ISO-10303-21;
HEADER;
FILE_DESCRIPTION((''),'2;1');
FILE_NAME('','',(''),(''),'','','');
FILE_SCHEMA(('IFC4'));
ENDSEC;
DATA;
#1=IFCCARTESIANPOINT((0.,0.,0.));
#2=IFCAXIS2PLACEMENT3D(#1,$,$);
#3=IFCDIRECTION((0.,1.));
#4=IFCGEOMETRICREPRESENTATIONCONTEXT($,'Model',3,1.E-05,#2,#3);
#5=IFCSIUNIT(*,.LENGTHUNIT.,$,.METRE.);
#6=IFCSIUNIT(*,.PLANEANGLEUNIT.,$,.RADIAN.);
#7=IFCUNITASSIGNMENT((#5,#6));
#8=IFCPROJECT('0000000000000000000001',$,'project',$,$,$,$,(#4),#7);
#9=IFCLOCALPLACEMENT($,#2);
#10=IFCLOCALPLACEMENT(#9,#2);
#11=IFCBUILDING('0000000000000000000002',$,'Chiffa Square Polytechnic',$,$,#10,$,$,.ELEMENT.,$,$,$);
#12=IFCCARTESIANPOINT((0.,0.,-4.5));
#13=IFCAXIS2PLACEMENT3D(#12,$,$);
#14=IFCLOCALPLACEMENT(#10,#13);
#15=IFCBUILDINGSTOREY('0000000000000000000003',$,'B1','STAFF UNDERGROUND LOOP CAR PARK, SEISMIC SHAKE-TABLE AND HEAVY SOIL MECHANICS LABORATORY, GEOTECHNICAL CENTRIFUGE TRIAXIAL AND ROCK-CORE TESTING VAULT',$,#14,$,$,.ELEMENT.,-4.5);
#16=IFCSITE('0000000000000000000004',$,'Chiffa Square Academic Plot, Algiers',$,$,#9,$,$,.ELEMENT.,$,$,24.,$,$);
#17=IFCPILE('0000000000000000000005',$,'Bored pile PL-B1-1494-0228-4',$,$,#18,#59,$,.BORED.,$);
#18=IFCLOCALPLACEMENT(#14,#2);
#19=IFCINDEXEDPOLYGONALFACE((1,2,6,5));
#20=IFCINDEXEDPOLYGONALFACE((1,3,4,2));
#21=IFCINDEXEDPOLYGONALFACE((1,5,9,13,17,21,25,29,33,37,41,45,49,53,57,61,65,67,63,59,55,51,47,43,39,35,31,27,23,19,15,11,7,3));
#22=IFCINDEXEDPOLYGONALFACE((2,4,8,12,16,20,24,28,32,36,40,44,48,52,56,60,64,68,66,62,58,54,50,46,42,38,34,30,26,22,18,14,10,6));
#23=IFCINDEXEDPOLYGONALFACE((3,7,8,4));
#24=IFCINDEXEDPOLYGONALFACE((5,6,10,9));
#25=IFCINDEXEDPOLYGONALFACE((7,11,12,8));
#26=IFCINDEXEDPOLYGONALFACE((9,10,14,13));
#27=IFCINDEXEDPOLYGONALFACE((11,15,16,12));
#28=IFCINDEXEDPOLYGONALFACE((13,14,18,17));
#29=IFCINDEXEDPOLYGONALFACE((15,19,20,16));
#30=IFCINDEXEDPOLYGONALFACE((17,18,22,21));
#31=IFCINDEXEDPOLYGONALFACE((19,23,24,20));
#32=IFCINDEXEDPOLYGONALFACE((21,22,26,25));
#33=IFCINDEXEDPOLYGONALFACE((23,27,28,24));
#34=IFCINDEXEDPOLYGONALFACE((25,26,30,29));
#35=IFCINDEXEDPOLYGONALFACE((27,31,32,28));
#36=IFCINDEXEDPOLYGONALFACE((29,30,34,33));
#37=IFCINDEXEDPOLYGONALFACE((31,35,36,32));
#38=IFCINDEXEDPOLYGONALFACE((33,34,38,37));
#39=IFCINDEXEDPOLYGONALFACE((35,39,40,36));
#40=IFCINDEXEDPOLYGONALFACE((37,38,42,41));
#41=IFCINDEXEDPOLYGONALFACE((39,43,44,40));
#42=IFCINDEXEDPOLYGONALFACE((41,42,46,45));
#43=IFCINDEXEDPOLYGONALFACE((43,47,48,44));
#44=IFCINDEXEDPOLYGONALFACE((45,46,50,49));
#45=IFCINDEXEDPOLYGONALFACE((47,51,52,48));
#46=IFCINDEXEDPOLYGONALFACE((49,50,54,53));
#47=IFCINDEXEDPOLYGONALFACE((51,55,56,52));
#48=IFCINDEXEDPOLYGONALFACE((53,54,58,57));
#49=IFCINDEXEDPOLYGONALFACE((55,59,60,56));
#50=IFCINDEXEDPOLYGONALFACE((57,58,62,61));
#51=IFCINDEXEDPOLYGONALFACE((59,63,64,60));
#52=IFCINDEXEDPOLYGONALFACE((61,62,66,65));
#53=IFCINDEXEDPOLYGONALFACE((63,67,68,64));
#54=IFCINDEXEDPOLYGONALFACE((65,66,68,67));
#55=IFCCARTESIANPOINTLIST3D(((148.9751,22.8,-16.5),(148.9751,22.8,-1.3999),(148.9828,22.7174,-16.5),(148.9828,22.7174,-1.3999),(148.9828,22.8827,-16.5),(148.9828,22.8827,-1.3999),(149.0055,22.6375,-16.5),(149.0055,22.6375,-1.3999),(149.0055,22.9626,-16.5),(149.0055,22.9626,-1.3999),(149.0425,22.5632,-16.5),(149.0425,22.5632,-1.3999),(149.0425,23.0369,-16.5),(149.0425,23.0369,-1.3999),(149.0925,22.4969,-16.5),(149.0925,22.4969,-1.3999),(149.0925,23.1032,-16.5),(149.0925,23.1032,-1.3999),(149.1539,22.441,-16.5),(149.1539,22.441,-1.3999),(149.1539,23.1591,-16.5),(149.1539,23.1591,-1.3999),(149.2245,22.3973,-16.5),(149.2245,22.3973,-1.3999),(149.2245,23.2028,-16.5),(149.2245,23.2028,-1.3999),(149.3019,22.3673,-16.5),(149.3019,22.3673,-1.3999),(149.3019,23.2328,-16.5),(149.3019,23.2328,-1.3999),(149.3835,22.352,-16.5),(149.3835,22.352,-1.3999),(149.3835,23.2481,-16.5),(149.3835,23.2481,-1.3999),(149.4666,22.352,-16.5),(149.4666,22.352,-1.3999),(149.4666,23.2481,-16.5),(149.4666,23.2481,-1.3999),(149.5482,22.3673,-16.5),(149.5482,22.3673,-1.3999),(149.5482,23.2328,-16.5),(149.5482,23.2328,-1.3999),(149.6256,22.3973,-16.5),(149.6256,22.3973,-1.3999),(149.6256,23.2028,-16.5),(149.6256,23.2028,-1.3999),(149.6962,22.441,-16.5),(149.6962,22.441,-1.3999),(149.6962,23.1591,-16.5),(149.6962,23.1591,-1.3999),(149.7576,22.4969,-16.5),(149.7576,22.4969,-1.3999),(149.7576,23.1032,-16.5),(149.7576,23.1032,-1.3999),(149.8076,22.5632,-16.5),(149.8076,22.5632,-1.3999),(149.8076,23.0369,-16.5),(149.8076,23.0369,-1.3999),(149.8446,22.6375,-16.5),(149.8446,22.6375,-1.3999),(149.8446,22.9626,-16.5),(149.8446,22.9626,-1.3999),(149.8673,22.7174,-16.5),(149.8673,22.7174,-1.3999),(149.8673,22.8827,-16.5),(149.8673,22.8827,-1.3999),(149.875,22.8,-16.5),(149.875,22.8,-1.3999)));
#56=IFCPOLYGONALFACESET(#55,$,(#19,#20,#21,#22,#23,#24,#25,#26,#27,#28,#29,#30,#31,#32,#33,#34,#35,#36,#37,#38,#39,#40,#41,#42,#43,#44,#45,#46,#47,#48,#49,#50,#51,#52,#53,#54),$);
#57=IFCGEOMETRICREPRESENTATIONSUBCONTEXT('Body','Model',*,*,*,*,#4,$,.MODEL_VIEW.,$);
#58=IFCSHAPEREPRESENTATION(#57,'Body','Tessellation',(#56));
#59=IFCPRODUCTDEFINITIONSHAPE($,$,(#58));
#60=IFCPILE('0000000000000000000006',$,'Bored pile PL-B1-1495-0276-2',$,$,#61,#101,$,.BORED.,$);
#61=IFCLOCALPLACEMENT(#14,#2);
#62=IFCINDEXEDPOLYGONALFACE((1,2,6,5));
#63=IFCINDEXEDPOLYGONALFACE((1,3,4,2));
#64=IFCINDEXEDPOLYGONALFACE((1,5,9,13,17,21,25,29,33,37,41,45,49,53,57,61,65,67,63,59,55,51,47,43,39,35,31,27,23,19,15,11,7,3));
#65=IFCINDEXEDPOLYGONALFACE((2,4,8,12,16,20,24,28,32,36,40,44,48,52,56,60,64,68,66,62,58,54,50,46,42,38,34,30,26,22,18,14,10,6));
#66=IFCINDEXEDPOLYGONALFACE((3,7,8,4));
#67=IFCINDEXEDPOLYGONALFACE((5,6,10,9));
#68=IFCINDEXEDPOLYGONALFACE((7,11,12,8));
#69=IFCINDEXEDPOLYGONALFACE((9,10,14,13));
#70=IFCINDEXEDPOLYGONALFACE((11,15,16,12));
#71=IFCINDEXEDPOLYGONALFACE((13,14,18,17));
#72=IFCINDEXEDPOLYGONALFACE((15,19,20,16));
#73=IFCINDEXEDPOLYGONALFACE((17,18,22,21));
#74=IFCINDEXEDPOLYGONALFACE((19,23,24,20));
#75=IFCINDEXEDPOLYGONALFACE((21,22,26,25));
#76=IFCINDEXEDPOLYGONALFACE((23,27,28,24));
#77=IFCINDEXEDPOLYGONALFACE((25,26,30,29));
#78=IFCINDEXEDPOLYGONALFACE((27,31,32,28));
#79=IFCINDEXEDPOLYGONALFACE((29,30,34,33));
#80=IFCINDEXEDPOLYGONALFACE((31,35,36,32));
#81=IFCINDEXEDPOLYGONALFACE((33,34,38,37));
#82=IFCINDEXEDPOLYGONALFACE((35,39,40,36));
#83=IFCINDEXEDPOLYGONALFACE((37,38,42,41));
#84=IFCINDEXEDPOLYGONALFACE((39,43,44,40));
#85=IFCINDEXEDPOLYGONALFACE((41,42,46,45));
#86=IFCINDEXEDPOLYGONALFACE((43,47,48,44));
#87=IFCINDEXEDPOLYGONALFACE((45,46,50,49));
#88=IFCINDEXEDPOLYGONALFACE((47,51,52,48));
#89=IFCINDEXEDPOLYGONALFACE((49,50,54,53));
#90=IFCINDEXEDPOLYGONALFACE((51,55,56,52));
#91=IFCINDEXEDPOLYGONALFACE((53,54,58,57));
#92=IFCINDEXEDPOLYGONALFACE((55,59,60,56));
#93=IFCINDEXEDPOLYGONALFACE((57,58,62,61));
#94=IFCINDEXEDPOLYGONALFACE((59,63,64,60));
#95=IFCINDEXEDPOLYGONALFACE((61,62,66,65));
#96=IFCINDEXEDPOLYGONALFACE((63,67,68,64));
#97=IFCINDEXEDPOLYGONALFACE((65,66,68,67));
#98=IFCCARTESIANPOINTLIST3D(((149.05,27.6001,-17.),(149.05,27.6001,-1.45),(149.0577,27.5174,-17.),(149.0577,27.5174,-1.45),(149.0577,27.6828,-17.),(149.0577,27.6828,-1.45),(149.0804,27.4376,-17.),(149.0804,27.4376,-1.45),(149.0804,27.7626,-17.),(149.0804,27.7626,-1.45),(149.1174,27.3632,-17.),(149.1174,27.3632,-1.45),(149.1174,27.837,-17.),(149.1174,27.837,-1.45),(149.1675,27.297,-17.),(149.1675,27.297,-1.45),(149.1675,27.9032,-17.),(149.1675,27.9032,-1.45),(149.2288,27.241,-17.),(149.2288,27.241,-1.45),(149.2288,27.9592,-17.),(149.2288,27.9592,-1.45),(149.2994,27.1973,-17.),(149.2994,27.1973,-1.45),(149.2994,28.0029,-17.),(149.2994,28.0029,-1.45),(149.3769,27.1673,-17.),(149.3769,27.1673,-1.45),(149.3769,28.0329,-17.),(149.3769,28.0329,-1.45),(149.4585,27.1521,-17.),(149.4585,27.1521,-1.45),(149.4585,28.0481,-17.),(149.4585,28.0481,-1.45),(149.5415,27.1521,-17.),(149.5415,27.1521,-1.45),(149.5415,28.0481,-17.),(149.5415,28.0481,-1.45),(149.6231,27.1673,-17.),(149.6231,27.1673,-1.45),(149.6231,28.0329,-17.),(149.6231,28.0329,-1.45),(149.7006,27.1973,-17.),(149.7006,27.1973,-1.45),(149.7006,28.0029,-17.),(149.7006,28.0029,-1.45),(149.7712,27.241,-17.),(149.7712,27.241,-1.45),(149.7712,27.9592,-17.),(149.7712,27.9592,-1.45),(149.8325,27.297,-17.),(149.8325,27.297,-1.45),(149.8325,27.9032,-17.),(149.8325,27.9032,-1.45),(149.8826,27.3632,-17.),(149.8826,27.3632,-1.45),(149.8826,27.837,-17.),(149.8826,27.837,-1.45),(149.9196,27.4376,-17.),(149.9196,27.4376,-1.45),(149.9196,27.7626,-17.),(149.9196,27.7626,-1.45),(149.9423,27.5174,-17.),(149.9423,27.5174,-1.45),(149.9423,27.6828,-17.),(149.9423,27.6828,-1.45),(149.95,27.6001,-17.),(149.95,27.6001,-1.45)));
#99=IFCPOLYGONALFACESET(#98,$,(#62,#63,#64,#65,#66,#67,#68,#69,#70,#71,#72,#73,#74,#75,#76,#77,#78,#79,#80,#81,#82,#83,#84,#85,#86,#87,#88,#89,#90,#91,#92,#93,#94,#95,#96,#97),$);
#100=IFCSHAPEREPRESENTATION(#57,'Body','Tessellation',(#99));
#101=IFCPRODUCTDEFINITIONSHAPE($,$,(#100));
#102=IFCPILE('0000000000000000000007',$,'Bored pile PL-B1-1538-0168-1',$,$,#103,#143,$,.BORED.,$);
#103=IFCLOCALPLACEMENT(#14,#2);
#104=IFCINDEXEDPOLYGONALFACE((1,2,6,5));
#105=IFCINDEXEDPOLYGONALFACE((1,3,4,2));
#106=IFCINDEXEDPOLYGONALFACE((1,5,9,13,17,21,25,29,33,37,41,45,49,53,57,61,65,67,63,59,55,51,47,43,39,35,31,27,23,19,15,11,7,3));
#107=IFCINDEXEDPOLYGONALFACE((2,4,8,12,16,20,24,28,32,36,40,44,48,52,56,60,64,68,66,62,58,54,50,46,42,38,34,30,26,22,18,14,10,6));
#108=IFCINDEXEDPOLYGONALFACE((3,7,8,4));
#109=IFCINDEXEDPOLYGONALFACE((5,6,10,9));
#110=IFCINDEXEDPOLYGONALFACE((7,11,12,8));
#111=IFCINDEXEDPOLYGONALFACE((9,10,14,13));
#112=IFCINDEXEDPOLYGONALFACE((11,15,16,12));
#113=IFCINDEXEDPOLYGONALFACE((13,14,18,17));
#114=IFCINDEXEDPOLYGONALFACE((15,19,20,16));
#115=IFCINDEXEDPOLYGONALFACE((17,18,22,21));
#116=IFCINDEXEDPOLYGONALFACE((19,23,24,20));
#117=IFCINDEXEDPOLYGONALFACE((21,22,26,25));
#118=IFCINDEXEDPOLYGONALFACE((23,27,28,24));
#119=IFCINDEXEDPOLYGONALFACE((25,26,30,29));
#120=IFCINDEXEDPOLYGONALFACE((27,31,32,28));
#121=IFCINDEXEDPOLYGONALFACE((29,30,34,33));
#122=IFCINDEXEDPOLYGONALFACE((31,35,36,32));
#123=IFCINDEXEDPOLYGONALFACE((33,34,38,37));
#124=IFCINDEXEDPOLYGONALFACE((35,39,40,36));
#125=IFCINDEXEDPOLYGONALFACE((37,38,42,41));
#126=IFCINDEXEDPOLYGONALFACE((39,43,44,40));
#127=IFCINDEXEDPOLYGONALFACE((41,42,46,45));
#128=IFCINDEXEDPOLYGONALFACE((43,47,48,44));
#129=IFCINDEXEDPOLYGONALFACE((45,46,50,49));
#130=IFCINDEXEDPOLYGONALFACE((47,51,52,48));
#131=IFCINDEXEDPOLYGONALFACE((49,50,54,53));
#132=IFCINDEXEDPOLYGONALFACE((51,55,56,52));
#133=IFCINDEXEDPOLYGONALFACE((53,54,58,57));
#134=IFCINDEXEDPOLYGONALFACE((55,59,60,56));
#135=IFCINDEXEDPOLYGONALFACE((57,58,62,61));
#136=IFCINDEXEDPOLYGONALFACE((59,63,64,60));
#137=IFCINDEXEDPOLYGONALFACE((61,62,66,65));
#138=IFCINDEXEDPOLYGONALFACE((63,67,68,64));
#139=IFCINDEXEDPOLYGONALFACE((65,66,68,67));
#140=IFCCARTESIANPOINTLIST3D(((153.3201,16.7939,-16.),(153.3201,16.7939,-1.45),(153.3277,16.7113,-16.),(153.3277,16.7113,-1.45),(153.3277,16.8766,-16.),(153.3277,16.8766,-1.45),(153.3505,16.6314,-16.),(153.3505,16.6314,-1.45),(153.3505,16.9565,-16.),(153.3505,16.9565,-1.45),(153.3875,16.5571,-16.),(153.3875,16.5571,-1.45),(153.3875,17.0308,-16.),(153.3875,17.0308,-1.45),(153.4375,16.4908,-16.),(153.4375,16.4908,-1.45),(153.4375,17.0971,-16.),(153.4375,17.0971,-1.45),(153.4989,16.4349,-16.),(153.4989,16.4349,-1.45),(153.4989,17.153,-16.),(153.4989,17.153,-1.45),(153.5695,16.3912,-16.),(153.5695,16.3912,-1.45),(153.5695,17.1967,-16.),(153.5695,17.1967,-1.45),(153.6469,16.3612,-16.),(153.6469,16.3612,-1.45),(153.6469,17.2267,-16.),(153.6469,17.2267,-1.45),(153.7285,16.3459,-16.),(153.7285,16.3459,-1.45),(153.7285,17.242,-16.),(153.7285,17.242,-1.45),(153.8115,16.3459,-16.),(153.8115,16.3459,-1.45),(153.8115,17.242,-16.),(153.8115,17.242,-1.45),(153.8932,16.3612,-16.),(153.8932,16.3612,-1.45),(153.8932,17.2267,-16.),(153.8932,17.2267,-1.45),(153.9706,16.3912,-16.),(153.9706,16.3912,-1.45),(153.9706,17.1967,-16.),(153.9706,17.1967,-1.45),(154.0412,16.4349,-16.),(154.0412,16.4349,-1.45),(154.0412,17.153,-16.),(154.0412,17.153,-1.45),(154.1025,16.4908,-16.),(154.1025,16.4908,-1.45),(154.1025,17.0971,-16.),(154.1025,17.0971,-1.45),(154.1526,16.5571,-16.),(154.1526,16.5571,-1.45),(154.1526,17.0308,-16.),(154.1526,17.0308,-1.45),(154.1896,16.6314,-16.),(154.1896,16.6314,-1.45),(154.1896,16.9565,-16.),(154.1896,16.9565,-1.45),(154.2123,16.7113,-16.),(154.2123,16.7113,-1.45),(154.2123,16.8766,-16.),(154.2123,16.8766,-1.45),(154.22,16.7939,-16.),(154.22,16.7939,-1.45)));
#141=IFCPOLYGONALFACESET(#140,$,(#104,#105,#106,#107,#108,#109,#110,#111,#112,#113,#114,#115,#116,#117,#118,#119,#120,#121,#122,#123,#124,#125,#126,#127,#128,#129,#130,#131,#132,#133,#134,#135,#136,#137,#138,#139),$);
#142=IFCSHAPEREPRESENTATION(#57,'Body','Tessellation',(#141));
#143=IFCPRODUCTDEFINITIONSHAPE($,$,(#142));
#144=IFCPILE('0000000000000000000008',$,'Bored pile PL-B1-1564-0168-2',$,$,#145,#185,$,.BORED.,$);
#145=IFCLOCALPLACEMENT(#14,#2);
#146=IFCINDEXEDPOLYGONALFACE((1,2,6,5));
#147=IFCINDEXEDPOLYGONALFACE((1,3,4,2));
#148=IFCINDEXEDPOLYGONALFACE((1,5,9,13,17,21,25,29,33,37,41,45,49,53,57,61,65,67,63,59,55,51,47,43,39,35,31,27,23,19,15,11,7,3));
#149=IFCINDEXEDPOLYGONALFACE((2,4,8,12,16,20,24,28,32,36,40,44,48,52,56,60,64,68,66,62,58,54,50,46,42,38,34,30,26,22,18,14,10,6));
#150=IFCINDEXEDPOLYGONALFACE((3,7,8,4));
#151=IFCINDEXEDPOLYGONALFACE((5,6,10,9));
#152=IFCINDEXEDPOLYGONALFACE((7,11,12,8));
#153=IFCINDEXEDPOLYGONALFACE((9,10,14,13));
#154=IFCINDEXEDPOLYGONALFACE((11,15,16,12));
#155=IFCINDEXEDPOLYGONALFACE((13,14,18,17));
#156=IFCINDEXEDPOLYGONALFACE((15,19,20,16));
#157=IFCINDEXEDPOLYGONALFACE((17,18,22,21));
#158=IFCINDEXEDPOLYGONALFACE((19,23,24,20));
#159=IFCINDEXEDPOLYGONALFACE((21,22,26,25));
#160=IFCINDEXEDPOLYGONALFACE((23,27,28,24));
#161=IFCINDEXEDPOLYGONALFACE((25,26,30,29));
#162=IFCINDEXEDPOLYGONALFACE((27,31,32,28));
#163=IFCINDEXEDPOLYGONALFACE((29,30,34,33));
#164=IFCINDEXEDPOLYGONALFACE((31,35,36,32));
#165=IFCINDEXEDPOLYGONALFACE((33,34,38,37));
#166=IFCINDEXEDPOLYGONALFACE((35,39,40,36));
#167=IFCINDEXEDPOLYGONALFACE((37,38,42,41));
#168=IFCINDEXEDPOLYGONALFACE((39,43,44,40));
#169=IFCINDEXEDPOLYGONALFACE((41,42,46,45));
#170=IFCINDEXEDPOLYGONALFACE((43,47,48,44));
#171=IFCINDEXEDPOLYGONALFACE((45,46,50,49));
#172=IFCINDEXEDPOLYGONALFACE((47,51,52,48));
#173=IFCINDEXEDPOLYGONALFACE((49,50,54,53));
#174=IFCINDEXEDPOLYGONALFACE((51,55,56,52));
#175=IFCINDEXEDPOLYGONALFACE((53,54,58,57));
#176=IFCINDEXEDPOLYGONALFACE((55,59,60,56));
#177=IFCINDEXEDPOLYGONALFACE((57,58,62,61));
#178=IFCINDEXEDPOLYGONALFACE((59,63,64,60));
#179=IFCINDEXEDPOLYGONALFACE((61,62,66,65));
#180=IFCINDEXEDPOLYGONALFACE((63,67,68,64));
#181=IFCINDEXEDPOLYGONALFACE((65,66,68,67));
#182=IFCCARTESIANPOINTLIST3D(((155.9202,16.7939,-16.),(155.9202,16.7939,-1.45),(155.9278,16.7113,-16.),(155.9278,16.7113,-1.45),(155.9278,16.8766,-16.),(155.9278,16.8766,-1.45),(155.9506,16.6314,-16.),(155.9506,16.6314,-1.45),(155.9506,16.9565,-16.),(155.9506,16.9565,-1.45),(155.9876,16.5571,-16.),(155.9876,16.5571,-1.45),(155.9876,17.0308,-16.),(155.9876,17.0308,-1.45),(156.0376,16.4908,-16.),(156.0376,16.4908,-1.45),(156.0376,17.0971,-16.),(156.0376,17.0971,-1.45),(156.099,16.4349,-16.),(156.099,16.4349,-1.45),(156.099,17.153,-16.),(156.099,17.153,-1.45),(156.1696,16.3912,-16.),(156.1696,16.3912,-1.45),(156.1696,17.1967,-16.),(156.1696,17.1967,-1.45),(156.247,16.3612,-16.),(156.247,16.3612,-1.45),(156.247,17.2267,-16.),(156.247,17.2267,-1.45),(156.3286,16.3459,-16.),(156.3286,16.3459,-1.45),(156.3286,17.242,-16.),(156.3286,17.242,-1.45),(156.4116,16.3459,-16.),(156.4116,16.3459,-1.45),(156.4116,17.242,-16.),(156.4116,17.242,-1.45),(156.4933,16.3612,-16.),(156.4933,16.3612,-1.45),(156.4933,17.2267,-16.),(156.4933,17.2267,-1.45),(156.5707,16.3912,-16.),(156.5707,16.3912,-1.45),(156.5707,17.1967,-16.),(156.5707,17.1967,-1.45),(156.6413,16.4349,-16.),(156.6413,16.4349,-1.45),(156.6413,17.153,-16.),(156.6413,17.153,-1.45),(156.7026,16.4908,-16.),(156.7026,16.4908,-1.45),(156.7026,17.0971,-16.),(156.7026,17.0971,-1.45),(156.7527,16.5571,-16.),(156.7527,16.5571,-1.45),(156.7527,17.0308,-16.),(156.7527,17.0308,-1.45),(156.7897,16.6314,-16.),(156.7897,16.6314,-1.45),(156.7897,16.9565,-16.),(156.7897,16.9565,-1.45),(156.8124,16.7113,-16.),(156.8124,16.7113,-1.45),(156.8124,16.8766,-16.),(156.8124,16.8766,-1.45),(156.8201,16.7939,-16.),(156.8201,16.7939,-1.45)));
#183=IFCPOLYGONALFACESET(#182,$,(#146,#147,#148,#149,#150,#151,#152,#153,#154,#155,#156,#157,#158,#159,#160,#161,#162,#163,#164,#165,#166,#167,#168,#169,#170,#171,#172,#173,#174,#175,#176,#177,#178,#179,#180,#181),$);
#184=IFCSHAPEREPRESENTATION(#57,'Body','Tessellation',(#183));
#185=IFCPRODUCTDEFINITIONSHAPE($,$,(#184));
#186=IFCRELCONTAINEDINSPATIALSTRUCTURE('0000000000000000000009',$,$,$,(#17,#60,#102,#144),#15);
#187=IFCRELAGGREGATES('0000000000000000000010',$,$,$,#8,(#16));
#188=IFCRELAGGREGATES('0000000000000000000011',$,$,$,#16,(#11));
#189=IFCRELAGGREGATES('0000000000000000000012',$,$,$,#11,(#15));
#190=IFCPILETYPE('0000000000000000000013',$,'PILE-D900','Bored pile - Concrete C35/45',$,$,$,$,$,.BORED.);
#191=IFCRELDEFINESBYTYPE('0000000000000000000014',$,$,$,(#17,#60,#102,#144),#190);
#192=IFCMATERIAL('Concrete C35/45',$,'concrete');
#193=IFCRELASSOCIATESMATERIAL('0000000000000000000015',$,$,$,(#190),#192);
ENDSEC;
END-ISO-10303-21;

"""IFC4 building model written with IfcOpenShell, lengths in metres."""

from ifc_helpers import new_model, si_unit, direction, frame, origin, origin_2d, place, context, subcontext, project, spatial, circle, extrude, material, material_profile, profile_set, type_object, element, save


model = new_model("IFC4")

# Units and contexts
model_context = context("Model", 3, precision=1e-05, world=origin(), true_north=direction((0.0, 1.0)))
body_context = subcontext(model_context, "Body", "Model", "MODEL_VIEW")
ifc_project = project(units=[si_unit("LENGTHUNIT", "METRE"), si_unit("PLANEANGLEUNIT", "RADIAN")], contexts=[model_context])

# Site, building, storey
site_placement = place(None, origin())
site = spatial("IfcSite", under=ifc_project, at=site_placement, Name="Chiffa Square Academic Plot, Algiers", CompositionType="ELEMENT", RefElevation=24.0)
building_placement = place(site_placement, origin())
building = spatial("IfcBuilding", under=site, at=building_placement, Name="Chiffa Square Polytechnic", CompositionType="ELEMENT")
storey_placement = place(building_placement, frame((0.0, 0.0, -4.5)))
storey = spatial("IfcBuildingStorey", under=building, at=storey_placement, Name="B1", Description="STAFF UNDERGROUND LOOP CAR PARK, SEISMIC SHAKE-TABLE AND HEAVY SOIL MECHANICS LABORATORY, GEOTECHNICAL CENTRIFUGE TRIAXIAL AND ROCK-CORE TESTING VAULT", CompositionType="ELEMENT", Elevation=-4.5)

# Shared definitions
ifc_material_1 = material(Name="Concrete C35/45", Category="concrete")

# Piles
ifc_material_profile_1 = material_profile(ifc_material_1, circle(Radius=0.45, at=origin_2d()), Name="PILE D900")
ifc_profile_set_1 = profile_set([ifc_material_profile_1], Name="Concrete C35/45")
pile_type_1 = type_object("IfcPileType", Name="PILE-D900", Description="Bored pile - Concrete C35/45", PredefinedType="BORED", material=ifc_profile_set_1)
for number, where, z_axis, x_axis, name in (
    (1, (149.425, 22.8, -1.3999), (0.0, 0.0, -1.0), (1.0, 0.0, 0.0), "Bored pile PL-B1-1494-0228-4"),
):
    element("IfcPile", number, at=place(storey_placement, frame(where, z_axis=z_axis, x_axis=x_axis)), inside=storey, type_object=pile_type_1, Name=name, PredefinedType="BORED", context=body_context, shape_type="SweptSolid", body=[
        extrude(circle(Radius=0.45, at=origin_2d()), origin(), (0.0, 0.0, 1.0), 15.1001),
    ])
pile_placement = place(storey_placement, frame((149.5, 27.6001, -1.45), z_axis=(0.0, 0.0, -1.0), x_axis=(1.0, 0.0, 0.0)))
element("IfcPile", 2, at=pile_placement, inside=storey, type_object=pile_type_1, Name="Bored pile PL-B1-1495-0276-2", PredefinedType="BORED", context=body_context, shape_type="SweptSolid", body=[
    extrude(circle(Radius=0.45, at=origin_2d()), origin(), (0.0, 0.0, 1.0), 15.55),
])
for number, where, z_axis, x_axis, name in (
    (3, (153.77, 16.7939, -1.45), (0.0, 0.0, -1.0), (1.0, 0.0, 0.0), "Bored pile PL-B1-1538-0168-1"),
    (4, (156.3701, 16.7939, -1.45), (0.0, 0.0, -1.0), (1.0, 0.0, 0.0), "Bored pile PL-B1-1564-0168-2"),
):
    element("IfcPile", number, at=place(storey_placement, frame(where, z_axis=z_axis, x_axis=x_axis)), inside=storey, type_object=pile_type_1, Name=name, PredefinedType="BORED", context=body_context, shape_type="SweptSolid", body=[
        extrude(circle(Radius=0.45, at=origin_2d()), origin(), (0.0, 0.0, 1.0), 14.55),
    ])

save(model, "model.ifc")
